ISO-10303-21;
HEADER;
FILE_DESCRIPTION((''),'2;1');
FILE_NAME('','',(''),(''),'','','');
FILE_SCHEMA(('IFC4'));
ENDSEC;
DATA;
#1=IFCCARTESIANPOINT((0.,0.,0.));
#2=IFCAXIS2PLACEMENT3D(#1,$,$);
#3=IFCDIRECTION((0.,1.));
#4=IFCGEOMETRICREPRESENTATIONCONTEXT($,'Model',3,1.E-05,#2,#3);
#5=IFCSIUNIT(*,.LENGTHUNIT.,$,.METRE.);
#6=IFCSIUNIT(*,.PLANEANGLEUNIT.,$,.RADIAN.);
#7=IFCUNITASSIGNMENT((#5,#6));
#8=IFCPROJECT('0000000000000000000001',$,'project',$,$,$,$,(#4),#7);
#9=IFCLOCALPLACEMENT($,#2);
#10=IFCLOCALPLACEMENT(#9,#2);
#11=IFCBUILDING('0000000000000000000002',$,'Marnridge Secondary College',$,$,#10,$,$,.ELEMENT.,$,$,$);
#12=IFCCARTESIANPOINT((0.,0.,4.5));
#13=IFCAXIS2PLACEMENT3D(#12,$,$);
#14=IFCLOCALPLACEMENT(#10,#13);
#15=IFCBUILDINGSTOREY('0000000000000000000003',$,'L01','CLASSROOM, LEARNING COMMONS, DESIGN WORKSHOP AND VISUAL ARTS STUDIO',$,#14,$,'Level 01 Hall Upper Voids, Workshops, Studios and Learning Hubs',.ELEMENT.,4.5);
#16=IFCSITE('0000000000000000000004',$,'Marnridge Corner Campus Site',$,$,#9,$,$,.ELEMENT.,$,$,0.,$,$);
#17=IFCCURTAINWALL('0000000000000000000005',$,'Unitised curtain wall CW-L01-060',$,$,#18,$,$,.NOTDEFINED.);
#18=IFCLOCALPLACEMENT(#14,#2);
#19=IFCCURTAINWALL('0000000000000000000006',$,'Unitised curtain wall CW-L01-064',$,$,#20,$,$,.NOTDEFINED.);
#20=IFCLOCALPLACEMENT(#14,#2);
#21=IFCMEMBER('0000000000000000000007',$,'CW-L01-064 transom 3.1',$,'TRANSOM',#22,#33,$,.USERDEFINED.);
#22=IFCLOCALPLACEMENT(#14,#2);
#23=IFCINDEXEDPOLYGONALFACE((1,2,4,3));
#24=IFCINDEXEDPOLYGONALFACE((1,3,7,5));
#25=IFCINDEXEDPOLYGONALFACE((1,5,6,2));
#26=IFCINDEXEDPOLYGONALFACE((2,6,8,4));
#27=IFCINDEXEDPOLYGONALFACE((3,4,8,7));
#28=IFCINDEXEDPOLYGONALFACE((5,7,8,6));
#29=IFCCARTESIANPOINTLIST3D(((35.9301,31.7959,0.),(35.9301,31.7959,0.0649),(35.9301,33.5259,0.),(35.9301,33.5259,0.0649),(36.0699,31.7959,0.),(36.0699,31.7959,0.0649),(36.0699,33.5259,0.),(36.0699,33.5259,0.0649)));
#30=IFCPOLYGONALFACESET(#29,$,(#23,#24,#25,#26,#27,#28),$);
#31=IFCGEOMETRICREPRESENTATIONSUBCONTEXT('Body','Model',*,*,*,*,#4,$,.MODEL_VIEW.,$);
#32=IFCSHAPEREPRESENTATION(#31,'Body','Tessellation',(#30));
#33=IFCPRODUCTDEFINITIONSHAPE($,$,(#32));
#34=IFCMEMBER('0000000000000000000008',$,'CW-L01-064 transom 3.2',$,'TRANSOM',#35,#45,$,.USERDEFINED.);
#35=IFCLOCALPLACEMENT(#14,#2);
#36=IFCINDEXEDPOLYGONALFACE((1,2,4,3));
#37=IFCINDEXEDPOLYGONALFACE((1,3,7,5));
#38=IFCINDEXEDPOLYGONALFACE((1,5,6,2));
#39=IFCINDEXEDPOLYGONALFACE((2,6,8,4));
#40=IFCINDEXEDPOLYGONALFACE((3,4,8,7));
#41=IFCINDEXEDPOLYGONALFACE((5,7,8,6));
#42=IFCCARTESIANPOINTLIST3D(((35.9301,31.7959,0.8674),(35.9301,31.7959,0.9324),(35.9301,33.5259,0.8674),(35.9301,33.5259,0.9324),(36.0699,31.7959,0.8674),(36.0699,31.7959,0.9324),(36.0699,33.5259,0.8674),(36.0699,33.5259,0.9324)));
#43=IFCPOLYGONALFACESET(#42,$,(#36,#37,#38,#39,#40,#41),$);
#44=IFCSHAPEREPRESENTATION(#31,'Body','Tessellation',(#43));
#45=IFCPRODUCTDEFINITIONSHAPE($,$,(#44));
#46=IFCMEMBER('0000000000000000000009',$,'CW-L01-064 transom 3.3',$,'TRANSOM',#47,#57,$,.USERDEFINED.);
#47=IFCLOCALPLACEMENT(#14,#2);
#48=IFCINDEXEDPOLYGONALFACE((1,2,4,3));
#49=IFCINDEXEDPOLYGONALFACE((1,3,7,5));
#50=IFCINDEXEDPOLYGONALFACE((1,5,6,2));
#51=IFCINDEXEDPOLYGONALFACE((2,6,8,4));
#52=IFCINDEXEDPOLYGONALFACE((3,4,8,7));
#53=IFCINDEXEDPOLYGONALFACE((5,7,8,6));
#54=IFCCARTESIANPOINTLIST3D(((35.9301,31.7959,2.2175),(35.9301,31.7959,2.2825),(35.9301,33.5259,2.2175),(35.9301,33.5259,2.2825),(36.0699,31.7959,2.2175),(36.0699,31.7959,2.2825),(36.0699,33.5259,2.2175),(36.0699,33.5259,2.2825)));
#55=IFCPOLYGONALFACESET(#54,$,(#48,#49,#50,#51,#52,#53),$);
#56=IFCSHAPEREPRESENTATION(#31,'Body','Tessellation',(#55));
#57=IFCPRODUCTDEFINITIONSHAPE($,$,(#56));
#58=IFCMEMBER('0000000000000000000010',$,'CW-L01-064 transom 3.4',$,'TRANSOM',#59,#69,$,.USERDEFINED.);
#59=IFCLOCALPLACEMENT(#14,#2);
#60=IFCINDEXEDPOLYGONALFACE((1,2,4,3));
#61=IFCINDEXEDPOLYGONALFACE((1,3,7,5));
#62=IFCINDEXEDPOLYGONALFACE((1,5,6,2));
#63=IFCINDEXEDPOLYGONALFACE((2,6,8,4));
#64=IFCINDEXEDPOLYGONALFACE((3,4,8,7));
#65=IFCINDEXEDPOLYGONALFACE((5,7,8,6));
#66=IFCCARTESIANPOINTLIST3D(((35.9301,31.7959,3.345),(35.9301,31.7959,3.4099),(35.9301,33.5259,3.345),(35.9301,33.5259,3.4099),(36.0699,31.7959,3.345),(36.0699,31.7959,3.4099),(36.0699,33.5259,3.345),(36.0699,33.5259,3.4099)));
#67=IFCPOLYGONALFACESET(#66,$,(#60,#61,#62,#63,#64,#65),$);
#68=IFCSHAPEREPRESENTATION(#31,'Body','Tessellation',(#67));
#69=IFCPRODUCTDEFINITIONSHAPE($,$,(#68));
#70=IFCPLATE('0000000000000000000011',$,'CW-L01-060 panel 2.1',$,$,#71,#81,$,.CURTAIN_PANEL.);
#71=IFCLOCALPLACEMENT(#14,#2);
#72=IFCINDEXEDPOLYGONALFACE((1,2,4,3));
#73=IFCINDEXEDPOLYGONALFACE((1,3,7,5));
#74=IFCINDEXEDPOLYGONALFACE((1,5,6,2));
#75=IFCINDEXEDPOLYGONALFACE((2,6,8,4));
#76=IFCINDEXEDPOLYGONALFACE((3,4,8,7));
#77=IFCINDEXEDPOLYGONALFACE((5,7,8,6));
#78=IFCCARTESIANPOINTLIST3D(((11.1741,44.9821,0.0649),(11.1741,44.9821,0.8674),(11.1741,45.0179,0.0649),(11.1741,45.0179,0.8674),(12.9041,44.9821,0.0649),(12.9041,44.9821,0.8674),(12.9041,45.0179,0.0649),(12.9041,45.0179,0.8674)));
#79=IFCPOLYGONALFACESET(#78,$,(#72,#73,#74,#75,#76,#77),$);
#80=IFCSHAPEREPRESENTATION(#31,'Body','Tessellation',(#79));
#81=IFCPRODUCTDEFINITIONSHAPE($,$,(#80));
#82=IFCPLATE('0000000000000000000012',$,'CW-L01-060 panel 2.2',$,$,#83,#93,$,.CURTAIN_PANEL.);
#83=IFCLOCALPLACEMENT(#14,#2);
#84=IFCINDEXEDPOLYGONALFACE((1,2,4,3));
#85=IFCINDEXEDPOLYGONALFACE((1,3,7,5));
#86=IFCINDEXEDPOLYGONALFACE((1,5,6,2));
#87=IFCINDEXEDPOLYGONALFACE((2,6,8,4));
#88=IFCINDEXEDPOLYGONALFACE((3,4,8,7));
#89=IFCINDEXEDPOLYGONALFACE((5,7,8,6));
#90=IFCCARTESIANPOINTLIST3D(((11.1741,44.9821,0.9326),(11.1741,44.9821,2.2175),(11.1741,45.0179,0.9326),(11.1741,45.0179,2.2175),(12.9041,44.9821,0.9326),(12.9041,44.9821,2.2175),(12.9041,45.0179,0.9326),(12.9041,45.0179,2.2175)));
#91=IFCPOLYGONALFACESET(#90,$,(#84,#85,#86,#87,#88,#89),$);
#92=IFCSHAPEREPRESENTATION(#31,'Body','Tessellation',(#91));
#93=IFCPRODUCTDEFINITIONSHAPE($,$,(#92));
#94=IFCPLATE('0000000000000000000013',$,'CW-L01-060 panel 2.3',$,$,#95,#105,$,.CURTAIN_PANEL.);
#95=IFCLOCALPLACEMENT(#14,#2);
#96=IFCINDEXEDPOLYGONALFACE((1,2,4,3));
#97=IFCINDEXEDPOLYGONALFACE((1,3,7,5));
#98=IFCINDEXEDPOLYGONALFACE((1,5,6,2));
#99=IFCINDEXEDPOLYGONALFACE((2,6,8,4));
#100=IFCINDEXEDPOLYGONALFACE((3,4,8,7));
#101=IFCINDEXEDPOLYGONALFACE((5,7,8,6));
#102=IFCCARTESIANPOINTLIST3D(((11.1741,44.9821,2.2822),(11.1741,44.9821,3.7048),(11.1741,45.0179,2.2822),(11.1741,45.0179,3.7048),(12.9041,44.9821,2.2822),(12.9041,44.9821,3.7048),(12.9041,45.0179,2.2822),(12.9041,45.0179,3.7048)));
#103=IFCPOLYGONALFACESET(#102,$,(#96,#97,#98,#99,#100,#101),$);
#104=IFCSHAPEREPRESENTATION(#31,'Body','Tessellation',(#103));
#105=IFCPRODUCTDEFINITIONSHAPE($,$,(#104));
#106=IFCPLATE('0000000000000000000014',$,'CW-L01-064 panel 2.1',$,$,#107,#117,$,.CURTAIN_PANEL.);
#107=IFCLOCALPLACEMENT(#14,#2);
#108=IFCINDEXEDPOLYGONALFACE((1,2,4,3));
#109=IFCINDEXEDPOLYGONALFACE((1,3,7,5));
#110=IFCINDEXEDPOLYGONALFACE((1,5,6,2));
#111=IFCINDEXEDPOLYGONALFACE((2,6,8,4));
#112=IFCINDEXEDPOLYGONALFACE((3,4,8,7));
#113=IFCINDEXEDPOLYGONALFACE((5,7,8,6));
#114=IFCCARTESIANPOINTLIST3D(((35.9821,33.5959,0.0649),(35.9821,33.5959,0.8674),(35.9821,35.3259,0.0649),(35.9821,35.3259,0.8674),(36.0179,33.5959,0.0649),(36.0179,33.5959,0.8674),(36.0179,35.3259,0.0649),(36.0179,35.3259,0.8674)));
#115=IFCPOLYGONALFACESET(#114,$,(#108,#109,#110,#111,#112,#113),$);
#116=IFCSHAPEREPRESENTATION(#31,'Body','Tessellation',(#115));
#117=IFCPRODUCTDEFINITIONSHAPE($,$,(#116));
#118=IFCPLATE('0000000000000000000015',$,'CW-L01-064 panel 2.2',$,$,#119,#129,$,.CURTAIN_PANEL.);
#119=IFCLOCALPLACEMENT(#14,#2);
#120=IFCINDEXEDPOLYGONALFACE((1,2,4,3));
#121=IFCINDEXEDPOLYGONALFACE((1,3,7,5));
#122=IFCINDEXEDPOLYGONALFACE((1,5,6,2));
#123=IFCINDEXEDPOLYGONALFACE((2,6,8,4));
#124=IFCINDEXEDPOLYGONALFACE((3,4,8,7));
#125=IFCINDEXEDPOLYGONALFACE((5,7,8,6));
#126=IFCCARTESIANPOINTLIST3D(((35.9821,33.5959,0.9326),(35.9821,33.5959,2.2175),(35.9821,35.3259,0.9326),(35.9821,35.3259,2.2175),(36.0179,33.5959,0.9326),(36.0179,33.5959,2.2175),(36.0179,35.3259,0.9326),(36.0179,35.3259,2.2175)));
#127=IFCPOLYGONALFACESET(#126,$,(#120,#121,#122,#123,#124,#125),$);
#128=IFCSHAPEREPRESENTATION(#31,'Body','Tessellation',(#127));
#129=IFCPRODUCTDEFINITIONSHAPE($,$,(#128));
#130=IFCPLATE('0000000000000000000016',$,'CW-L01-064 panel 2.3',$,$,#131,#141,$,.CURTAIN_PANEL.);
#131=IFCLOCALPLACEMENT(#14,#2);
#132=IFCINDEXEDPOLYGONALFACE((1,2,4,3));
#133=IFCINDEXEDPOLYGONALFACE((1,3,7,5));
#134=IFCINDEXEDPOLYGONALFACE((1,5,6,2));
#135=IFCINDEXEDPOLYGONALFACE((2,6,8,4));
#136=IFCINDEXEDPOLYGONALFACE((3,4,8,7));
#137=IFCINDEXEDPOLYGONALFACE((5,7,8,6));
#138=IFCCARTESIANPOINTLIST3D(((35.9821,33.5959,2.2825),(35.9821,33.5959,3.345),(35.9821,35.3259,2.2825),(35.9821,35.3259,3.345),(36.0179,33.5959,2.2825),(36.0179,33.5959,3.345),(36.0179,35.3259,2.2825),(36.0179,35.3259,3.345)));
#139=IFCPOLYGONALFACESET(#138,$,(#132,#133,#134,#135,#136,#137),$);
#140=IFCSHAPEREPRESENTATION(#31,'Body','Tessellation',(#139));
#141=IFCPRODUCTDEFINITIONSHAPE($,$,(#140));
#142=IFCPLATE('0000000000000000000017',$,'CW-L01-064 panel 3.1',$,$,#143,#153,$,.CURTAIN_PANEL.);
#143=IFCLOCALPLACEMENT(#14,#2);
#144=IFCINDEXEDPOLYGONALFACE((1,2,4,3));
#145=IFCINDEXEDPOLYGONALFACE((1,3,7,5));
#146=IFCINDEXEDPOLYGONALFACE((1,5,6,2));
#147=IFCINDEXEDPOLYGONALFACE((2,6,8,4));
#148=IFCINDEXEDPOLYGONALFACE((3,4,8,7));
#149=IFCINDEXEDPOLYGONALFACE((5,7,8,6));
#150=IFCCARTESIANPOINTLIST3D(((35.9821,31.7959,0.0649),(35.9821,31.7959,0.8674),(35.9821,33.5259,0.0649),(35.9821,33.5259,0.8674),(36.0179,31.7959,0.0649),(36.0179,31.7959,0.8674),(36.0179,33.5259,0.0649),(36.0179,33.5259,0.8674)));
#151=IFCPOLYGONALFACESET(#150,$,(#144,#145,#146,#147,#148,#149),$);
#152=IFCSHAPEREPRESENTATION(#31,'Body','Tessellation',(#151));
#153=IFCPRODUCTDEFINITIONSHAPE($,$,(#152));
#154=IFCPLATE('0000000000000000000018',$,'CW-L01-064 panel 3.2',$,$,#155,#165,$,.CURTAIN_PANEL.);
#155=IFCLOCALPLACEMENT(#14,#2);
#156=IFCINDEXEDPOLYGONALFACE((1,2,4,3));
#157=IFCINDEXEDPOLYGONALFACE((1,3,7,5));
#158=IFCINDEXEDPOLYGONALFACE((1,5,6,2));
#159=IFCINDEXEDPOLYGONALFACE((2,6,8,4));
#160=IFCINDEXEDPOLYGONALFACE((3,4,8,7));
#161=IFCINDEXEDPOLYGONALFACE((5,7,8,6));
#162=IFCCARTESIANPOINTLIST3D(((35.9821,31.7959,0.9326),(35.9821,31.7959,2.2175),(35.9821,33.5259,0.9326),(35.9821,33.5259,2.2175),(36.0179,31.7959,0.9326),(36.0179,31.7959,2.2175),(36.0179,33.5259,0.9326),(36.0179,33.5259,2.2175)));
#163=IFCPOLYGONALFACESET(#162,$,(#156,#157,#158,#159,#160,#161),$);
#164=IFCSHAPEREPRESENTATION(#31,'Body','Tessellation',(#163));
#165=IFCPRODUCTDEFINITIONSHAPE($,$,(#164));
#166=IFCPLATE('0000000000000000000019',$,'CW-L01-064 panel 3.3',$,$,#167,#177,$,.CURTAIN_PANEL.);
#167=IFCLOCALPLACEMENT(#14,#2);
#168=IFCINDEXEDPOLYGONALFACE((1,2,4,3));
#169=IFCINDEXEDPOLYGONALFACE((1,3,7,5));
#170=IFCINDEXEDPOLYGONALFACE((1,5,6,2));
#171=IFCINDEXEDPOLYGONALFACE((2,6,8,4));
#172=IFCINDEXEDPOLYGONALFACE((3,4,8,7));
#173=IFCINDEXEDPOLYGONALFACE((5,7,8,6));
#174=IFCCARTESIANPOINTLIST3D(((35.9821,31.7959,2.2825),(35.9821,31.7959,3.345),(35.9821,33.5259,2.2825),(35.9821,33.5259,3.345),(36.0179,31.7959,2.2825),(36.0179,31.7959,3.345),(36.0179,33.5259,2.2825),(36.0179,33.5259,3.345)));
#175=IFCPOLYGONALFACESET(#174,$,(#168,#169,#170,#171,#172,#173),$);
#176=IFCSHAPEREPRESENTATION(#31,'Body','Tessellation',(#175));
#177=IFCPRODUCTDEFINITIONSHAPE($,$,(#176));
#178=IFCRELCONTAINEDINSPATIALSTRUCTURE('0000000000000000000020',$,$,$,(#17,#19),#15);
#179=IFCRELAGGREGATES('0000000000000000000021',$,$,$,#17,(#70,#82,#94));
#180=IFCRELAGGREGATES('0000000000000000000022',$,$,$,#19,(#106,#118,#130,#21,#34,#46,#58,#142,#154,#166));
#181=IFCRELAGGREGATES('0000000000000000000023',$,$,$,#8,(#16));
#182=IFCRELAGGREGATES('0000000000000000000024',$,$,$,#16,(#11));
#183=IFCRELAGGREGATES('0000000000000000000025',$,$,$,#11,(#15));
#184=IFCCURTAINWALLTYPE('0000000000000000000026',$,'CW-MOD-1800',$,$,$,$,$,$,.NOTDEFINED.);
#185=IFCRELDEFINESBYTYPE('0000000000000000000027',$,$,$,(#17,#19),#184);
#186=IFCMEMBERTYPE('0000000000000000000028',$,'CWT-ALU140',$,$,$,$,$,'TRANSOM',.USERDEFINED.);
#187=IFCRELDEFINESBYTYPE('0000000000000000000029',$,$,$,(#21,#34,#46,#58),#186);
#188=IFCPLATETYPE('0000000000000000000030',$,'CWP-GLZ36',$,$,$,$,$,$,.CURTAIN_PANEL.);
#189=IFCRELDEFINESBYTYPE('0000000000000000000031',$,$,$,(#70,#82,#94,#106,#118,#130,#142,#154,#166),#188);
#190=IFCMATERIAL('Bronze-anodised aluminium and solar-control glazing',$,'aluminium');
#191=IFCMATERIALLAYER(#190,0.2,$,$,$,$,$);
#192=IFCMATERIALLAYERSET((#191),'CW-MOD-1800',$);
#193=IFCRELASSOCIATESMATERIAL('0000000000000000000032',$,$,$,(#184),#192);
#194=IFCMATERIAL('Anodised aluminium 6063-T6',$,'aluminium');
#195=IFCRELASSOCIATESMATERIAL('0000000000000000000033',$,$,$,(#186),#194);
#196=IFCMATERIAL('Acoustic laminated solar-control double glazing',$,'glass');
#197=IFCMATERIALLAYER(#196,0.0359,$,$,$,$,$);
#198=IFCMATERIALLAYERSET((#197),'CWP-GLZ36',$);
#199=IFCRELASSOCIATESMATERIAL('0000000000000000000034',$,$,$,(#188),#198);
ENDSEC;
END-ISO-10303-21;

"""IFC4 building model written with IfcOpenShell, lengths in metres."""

from ifc_helpers import new_model, si_unit, direction, frame, origin, origin_2d, place, context, subcontext, project, spatial, rectangle, extrude, material, layer, layer_set, material_profile, profile_set, type_object, element, aggregate, save


model = new_model("IFC4")

# Units and contexts
model_context = context("Model", 3, precision=1e-05, world=origin(), true_north=direction((0.0, 1.0)))
body_context = subcontext(model_context, "Body", "Model", "MODEL_VIEW")
ifc_project = project(units=[si_unit("LENGTHUNIT", "METRE"), si_unit("PLANEANGLEUNIT", "RADIAN")], contexts=[model_context])

# Site, building, storey
site_placement = place(None, origin())
site = spatial("IfcSite", under=ifc_project, at=site_placement, Name="Marnridge Corner Campus Site", CompositionType="ELEMENT", RefElevation=0.0)
building_placement = place(site_placement, origin())
building = spatial("IfcBuilding", under=site, at=building_placement, Name="Marnridge Secondary College", CompositionType="ELEMENT")
storey_placement = place(building_placement, frame((0.0, 0.0, 4.5)))
storey = spatial("IfcBuildingStorey", under=building, at=storey_placement, Name="L01", Description="CLASSROOM, LEARNING COMMONS, DESIGN WORKSHOP AND VISUAL ARTS STUDIO", LongName="Level 01 Hall Upper Voids, Workshops, Studios and Learning Hubs", CompositionType="ELEMENT", Elevation=4.5)

# Curtain walls
ifc_material_1 = material(Name="Bronze-anodised aluminium and solar-control glazing", Category="aluminium")
ifc_layer_1 = layer(ifc_material_1, 0.2)
ifc_layer_set_1 = layer_set([ifc_layer_1], Name="CW-MOD-1800")
curtain_wall_type = type_object("IfcCurtainWallType", Name="CW-MOD-1800", PredefinedType="NOTDEFINED", material=ifc_layer_set_1)
curtain_wall_1_placement = place(storey_placement, origin())
curtain_wall_1 = element("IfcCurtainWall", 1, at=curtain_wall_1_placement, inside=storey, type_object=curtain_wall_type, Name="Unitised curtain wall CW-L01-060", PredefinedType="NOTDEFINED")
curtain_wall_2_placement = place(storey_placement, origin())
curtain_wall_2 = element("IfcCurtainWall", 2, at=curtain_wall_2_placement, inside=storey, type_object=curtain_wall_type, Name="Unitised curtain wall CW-L01-064", PredefinedType="NOTDEFINED")

# Members
ifc_material_2 = material(Name="Anodised aluminium 6063-T6", Category="aluminium")
ifc_material_profile_1 = material_profile(ifc_material_2, rectangle(XDim=0.0649, YDim=0.1399, at=origin_2d()), Name="ALU 65x140")
ifc_profile_set_1 = profile_set([ifc_material_profile_1], Name="Anodised aluminium 6063-T6")
member_type_1 = type_object("IfcMemberType", Name="CWT-ALU140", ElementType="TRANSOM", PredefinedType="USERDEFINED", material=ifc_profile_set_1)
member_1_placement = place(storey_placement, frame((36.0, 33.5259, 0.0325), z_axis=(0.0, -1.0, 0.0), x_axis=(0.0, 0.0, 1.0)))
member_1 = element("IfcMember", 3, at=member_1_placement, type_object=member_type_1, Name="CW-L01-064 transom 3.1", ObjectType="TRANSOM", PredefinedType="USERDEFINED", context=body_context, shape_type="SweptSolid", body=[
    extrude(rectangle(XDim=0.0649, YDim=0.1399, at=origin_2d()), origin(), (0.0, 0.0, 1.0), 1.73),
])
member_2_placement = place(storey_placement, frame((36.0, 33.5259, 0.8999), z_axis=(0.0, -1.0, 0.0), x_axis=(0.0, 0.0, 1.0)))
member_2 = element("IfcMember", 4, at=member_2_placement, type_object=member_type_1, Name="CW-L01-064 transom 3.2", ObjectType="TRANSOM", PredefinedType="USERDEFINED", context=body_context, shape_type="SweptSolid", body=[
    extrude(rectangle(XDim=0.0649, YDim=0.1399, at=origin_2d()), origin(), (0.0, 0.0, 1.0), 1.73),
])
member_3_placement = place(storey_placement, frame((36.0, 33.5259, 2.25), z_axis=(0.0, -1.0, 0.0), x_axis=(0.0, 0.0, 1.0)))
member_3 = element("IfcMember", 5, at=member_3_placement, type_object=member_type_1, Name="CW-L01-064 transom 3.3", ObjectType="TRANSOM", PredefinedType="USERDEFINED", context=body_context, shape_type="SweptSolid", body=[
    extrude(rectangle(XDim=0.0649, YDim=0.1399, at=origin_2d()), origin(), (0.0, 0.0, 1.0), 1.73),
])
member_4_placement = place(storey_placement, frame((36.0, 33.5259, 3.3774), z_axis=(0.0, -1.0, 0.0), x_axis=(0.0, 0.0, 1.0)))
member_4 = element("IfcMember", 6, at=member_4_placement, type_object=member_type_1, Name="CW-L01-064 transom 3.4", ObjectType="TRANSOM", PredefinedType="USERDEFINED", context=body_context, shape_type="SweptSolid", body=[
    extrude(rectangle(XDim=0.0649, YDim=0.1399, at=origin_2d()), origin(), (0.0, 0.0, 1.0), 1.73),
])

# Plates
ifc_material_3 = material(Name="Acoustic laminated solar-control double glazing", Category="glass")
ifc_layer_2 = layer(ifc_material_3, 0.0359)
ifc_layer_set_2 = layer_set([ifc_layer_2], Name="CWP-GLZ36")
plate_type = type_object("IfcPlateType", Name="CWP-GLZ36", PredefinedType="CURTAIN_PANEL", material=ifc_layer_set_2)
plate_1_placement = place(storey_placement, frame((12.0391, 45.0, 0.0649), z_axis=(0.0, 0.0, 1.0), x_axis=(1.0, 0.0, 0.0)))
plate_1 = element("IfcPlate", 7, at=plate_1_placement, type_object=plate_type, Name="CW-L01-060 panel 2.1", PredefinedType="CURTAIN_PANEL", context=body_context, shape_type="SweptSolid", body=[
    extrude(rectangle(XDim=1.73, YDim=0.0359, at=origin_2d()), origin(), (0.0, 0.0, 1.0), 0.8025),
])
plate_2_placement = place(storey_placement, frame((12.0391, 45.0, 0.9326), z_axis=(0.0, 0.0, 1.0), x_axis=(1.0, 0.0, 0.0)))
plate_2 = element("IfcPlate", 8, at=plate_2_placement, type_object=plate_type, Name="CW-L01-060 panel 2.2", PredefinedType="CURTAIN_PANEL", context=body_context, shape_type="SweptSolid", body=[
    extrude(rectangle(XDim=1.73, YDim=0.0359, at=origin_2d()), origin(), (0.0, 0.0, 1.0), 1.2849),
])
plate_3_placement = place(storey_placement, frame((12.0391, 45.0, 2.2822), z_axis=(0.0, 0.0, 1.0), x_axis=(1.0, 0.0, 0.0)))
plate_3 = element("IfcPlate", 9, at=plate_3_placement, type_object=plate_type, Name="CW-L01-060 panel 2.3", PredefinedType="CURTAIN_PANEL", context=body_context, shape_type="SweptSolid", body=[
    extrude(rectangle(XDim=1.73, YDim=0.0359, at=origin_2d()), origin(), (0.0, 0.0, 1.0), 1.4226),
])
aggregate(curtain_wall_1, [plate_1, plate_2, plate_3])
plate_4_placement = place(storey_placement, frame((36.0, 34.4609, 0.0649), z_axis=(0.0, 0.0, 1.0), x_axis=(0.0, -1.0, 0.0)))
plate_4 = element("IfcPlate", 10, at=plate_4_placement, type_object=plate_type, Name="CW-L01-064 panel 2.1", PredefinedType="CURTAIN_PANEL", context=body_context, shape_type="SweptSolid", body=[
    extrude(rectangle(XDim=1.73, YDim=0.0359, at=origin_2d()), origin(), (0.0, 0.0, 1.0), 0.8025),
])
plate_5_placement = place(storey_placement, frame((36.0, 34.4609, 0.9326), z_axis=(0.0, 0.0, 1.0), x_axis=(0.0, -1.0, 0.0)))
plate_5 = element("IfcPlate", 11, at=plate_5_placement, type_object=plate_type, Name="CW-L01-064 panel 2.2", PredefinedType="CURTAIN_PANEL", context=body_context, shape_type="SweptSolid", body=[
    extrude(rectangle(XDim=1.73, YDim=0.0359, at=origin_2d()), origin(), (0.0, 0.0, 1.0), 1.2849),
])
plate_6_placement = place(storey_placement, frame((36.0, 34.4609, 2.2825), z_axis=(0.0, 0.0, 1.0), x_axis=(0.0, -1.0, 0.0)))
plate_6 = element("IfcPlate", 12, at=plate_6_placement, type_object=plate_type, Name="CW-L01-064 panel 2.3", PredefinedType="CURTAIN_PANEL", context=body_context, shape_type="SweptSolid", body=[
    extrude(rectangle(XDim=1.73, YDim=0.0359, at=origin_2d()), origin(), (0.0, 0.0, 1.0), 1.0625),
])
plate_7_placement = place(storey_placement, frame((36.0, 32.6609, 0.0649), z_axis=(0.0, 0.0, 1.0), x_axis=(0.0, -1.0, 0.0)))
plate_7 = element("IfcPlate", 13, at=plate_7_placement, type_object=plate_type, Name="CW-L01-064 panel 3.1", PredefinedType="CURTAIN_PANEL", context=body_context, shape_type="SweptSolid", body=[
    extrude(rectangle(XDim=1.73, YDim=0.0359, at=origin_2d()), origin(), (0.0, 0.0, 1.0), 0.8025),
])
plate_8_placement = place(storey_placement, frame((36.0, 32.6609, 0.9326), z_axis=(0.0, 0.0, 1.0), x_axis=(0.0, -1.0, 0.0)))
plate_8 = element("IfcPlate", 14, at=plate_8_placement, type_object=plate_type, Name="CW-L01-064 panel 3.2", PredefinedType="CURTAIN_PANEL", context=body_context, shape_type="SweptSolid", body=[
    extrude(rectangle(XDim=1.73, YDim=0.0359, at=origin_2d()), origin(), (0.0, 0.0, 1.0), 1.2849),
])
plate_9_placement = place(storey_placement, frame((36.0, 32.6609, 2.2825), z_axis=(0.0, 0.0, 1.0), x_axis=(0.0, -1.0, 0.0)))
plate_9 = element("IfcPlate", 15, at=plate_9_placement, type_object=plate_type, Name="CW-L01-064 panel 3.3", PredefinedType="CURTAIN_PANEL", context=body_context, shape_type="SweptSolid", body=[
    extrude(rectangle(XDim=1.73, YDim=0.0359, at=origin_2d()), origin(), (0.0, 0.0, 1.0), 1.0625),
])
aggregate(curtain_wall_2, [plate_4, plate_5, plate_6, member_1, member_2, member_3, member_4, plate_7, plate_8, plate_9])

save(model, "model.ifc")
